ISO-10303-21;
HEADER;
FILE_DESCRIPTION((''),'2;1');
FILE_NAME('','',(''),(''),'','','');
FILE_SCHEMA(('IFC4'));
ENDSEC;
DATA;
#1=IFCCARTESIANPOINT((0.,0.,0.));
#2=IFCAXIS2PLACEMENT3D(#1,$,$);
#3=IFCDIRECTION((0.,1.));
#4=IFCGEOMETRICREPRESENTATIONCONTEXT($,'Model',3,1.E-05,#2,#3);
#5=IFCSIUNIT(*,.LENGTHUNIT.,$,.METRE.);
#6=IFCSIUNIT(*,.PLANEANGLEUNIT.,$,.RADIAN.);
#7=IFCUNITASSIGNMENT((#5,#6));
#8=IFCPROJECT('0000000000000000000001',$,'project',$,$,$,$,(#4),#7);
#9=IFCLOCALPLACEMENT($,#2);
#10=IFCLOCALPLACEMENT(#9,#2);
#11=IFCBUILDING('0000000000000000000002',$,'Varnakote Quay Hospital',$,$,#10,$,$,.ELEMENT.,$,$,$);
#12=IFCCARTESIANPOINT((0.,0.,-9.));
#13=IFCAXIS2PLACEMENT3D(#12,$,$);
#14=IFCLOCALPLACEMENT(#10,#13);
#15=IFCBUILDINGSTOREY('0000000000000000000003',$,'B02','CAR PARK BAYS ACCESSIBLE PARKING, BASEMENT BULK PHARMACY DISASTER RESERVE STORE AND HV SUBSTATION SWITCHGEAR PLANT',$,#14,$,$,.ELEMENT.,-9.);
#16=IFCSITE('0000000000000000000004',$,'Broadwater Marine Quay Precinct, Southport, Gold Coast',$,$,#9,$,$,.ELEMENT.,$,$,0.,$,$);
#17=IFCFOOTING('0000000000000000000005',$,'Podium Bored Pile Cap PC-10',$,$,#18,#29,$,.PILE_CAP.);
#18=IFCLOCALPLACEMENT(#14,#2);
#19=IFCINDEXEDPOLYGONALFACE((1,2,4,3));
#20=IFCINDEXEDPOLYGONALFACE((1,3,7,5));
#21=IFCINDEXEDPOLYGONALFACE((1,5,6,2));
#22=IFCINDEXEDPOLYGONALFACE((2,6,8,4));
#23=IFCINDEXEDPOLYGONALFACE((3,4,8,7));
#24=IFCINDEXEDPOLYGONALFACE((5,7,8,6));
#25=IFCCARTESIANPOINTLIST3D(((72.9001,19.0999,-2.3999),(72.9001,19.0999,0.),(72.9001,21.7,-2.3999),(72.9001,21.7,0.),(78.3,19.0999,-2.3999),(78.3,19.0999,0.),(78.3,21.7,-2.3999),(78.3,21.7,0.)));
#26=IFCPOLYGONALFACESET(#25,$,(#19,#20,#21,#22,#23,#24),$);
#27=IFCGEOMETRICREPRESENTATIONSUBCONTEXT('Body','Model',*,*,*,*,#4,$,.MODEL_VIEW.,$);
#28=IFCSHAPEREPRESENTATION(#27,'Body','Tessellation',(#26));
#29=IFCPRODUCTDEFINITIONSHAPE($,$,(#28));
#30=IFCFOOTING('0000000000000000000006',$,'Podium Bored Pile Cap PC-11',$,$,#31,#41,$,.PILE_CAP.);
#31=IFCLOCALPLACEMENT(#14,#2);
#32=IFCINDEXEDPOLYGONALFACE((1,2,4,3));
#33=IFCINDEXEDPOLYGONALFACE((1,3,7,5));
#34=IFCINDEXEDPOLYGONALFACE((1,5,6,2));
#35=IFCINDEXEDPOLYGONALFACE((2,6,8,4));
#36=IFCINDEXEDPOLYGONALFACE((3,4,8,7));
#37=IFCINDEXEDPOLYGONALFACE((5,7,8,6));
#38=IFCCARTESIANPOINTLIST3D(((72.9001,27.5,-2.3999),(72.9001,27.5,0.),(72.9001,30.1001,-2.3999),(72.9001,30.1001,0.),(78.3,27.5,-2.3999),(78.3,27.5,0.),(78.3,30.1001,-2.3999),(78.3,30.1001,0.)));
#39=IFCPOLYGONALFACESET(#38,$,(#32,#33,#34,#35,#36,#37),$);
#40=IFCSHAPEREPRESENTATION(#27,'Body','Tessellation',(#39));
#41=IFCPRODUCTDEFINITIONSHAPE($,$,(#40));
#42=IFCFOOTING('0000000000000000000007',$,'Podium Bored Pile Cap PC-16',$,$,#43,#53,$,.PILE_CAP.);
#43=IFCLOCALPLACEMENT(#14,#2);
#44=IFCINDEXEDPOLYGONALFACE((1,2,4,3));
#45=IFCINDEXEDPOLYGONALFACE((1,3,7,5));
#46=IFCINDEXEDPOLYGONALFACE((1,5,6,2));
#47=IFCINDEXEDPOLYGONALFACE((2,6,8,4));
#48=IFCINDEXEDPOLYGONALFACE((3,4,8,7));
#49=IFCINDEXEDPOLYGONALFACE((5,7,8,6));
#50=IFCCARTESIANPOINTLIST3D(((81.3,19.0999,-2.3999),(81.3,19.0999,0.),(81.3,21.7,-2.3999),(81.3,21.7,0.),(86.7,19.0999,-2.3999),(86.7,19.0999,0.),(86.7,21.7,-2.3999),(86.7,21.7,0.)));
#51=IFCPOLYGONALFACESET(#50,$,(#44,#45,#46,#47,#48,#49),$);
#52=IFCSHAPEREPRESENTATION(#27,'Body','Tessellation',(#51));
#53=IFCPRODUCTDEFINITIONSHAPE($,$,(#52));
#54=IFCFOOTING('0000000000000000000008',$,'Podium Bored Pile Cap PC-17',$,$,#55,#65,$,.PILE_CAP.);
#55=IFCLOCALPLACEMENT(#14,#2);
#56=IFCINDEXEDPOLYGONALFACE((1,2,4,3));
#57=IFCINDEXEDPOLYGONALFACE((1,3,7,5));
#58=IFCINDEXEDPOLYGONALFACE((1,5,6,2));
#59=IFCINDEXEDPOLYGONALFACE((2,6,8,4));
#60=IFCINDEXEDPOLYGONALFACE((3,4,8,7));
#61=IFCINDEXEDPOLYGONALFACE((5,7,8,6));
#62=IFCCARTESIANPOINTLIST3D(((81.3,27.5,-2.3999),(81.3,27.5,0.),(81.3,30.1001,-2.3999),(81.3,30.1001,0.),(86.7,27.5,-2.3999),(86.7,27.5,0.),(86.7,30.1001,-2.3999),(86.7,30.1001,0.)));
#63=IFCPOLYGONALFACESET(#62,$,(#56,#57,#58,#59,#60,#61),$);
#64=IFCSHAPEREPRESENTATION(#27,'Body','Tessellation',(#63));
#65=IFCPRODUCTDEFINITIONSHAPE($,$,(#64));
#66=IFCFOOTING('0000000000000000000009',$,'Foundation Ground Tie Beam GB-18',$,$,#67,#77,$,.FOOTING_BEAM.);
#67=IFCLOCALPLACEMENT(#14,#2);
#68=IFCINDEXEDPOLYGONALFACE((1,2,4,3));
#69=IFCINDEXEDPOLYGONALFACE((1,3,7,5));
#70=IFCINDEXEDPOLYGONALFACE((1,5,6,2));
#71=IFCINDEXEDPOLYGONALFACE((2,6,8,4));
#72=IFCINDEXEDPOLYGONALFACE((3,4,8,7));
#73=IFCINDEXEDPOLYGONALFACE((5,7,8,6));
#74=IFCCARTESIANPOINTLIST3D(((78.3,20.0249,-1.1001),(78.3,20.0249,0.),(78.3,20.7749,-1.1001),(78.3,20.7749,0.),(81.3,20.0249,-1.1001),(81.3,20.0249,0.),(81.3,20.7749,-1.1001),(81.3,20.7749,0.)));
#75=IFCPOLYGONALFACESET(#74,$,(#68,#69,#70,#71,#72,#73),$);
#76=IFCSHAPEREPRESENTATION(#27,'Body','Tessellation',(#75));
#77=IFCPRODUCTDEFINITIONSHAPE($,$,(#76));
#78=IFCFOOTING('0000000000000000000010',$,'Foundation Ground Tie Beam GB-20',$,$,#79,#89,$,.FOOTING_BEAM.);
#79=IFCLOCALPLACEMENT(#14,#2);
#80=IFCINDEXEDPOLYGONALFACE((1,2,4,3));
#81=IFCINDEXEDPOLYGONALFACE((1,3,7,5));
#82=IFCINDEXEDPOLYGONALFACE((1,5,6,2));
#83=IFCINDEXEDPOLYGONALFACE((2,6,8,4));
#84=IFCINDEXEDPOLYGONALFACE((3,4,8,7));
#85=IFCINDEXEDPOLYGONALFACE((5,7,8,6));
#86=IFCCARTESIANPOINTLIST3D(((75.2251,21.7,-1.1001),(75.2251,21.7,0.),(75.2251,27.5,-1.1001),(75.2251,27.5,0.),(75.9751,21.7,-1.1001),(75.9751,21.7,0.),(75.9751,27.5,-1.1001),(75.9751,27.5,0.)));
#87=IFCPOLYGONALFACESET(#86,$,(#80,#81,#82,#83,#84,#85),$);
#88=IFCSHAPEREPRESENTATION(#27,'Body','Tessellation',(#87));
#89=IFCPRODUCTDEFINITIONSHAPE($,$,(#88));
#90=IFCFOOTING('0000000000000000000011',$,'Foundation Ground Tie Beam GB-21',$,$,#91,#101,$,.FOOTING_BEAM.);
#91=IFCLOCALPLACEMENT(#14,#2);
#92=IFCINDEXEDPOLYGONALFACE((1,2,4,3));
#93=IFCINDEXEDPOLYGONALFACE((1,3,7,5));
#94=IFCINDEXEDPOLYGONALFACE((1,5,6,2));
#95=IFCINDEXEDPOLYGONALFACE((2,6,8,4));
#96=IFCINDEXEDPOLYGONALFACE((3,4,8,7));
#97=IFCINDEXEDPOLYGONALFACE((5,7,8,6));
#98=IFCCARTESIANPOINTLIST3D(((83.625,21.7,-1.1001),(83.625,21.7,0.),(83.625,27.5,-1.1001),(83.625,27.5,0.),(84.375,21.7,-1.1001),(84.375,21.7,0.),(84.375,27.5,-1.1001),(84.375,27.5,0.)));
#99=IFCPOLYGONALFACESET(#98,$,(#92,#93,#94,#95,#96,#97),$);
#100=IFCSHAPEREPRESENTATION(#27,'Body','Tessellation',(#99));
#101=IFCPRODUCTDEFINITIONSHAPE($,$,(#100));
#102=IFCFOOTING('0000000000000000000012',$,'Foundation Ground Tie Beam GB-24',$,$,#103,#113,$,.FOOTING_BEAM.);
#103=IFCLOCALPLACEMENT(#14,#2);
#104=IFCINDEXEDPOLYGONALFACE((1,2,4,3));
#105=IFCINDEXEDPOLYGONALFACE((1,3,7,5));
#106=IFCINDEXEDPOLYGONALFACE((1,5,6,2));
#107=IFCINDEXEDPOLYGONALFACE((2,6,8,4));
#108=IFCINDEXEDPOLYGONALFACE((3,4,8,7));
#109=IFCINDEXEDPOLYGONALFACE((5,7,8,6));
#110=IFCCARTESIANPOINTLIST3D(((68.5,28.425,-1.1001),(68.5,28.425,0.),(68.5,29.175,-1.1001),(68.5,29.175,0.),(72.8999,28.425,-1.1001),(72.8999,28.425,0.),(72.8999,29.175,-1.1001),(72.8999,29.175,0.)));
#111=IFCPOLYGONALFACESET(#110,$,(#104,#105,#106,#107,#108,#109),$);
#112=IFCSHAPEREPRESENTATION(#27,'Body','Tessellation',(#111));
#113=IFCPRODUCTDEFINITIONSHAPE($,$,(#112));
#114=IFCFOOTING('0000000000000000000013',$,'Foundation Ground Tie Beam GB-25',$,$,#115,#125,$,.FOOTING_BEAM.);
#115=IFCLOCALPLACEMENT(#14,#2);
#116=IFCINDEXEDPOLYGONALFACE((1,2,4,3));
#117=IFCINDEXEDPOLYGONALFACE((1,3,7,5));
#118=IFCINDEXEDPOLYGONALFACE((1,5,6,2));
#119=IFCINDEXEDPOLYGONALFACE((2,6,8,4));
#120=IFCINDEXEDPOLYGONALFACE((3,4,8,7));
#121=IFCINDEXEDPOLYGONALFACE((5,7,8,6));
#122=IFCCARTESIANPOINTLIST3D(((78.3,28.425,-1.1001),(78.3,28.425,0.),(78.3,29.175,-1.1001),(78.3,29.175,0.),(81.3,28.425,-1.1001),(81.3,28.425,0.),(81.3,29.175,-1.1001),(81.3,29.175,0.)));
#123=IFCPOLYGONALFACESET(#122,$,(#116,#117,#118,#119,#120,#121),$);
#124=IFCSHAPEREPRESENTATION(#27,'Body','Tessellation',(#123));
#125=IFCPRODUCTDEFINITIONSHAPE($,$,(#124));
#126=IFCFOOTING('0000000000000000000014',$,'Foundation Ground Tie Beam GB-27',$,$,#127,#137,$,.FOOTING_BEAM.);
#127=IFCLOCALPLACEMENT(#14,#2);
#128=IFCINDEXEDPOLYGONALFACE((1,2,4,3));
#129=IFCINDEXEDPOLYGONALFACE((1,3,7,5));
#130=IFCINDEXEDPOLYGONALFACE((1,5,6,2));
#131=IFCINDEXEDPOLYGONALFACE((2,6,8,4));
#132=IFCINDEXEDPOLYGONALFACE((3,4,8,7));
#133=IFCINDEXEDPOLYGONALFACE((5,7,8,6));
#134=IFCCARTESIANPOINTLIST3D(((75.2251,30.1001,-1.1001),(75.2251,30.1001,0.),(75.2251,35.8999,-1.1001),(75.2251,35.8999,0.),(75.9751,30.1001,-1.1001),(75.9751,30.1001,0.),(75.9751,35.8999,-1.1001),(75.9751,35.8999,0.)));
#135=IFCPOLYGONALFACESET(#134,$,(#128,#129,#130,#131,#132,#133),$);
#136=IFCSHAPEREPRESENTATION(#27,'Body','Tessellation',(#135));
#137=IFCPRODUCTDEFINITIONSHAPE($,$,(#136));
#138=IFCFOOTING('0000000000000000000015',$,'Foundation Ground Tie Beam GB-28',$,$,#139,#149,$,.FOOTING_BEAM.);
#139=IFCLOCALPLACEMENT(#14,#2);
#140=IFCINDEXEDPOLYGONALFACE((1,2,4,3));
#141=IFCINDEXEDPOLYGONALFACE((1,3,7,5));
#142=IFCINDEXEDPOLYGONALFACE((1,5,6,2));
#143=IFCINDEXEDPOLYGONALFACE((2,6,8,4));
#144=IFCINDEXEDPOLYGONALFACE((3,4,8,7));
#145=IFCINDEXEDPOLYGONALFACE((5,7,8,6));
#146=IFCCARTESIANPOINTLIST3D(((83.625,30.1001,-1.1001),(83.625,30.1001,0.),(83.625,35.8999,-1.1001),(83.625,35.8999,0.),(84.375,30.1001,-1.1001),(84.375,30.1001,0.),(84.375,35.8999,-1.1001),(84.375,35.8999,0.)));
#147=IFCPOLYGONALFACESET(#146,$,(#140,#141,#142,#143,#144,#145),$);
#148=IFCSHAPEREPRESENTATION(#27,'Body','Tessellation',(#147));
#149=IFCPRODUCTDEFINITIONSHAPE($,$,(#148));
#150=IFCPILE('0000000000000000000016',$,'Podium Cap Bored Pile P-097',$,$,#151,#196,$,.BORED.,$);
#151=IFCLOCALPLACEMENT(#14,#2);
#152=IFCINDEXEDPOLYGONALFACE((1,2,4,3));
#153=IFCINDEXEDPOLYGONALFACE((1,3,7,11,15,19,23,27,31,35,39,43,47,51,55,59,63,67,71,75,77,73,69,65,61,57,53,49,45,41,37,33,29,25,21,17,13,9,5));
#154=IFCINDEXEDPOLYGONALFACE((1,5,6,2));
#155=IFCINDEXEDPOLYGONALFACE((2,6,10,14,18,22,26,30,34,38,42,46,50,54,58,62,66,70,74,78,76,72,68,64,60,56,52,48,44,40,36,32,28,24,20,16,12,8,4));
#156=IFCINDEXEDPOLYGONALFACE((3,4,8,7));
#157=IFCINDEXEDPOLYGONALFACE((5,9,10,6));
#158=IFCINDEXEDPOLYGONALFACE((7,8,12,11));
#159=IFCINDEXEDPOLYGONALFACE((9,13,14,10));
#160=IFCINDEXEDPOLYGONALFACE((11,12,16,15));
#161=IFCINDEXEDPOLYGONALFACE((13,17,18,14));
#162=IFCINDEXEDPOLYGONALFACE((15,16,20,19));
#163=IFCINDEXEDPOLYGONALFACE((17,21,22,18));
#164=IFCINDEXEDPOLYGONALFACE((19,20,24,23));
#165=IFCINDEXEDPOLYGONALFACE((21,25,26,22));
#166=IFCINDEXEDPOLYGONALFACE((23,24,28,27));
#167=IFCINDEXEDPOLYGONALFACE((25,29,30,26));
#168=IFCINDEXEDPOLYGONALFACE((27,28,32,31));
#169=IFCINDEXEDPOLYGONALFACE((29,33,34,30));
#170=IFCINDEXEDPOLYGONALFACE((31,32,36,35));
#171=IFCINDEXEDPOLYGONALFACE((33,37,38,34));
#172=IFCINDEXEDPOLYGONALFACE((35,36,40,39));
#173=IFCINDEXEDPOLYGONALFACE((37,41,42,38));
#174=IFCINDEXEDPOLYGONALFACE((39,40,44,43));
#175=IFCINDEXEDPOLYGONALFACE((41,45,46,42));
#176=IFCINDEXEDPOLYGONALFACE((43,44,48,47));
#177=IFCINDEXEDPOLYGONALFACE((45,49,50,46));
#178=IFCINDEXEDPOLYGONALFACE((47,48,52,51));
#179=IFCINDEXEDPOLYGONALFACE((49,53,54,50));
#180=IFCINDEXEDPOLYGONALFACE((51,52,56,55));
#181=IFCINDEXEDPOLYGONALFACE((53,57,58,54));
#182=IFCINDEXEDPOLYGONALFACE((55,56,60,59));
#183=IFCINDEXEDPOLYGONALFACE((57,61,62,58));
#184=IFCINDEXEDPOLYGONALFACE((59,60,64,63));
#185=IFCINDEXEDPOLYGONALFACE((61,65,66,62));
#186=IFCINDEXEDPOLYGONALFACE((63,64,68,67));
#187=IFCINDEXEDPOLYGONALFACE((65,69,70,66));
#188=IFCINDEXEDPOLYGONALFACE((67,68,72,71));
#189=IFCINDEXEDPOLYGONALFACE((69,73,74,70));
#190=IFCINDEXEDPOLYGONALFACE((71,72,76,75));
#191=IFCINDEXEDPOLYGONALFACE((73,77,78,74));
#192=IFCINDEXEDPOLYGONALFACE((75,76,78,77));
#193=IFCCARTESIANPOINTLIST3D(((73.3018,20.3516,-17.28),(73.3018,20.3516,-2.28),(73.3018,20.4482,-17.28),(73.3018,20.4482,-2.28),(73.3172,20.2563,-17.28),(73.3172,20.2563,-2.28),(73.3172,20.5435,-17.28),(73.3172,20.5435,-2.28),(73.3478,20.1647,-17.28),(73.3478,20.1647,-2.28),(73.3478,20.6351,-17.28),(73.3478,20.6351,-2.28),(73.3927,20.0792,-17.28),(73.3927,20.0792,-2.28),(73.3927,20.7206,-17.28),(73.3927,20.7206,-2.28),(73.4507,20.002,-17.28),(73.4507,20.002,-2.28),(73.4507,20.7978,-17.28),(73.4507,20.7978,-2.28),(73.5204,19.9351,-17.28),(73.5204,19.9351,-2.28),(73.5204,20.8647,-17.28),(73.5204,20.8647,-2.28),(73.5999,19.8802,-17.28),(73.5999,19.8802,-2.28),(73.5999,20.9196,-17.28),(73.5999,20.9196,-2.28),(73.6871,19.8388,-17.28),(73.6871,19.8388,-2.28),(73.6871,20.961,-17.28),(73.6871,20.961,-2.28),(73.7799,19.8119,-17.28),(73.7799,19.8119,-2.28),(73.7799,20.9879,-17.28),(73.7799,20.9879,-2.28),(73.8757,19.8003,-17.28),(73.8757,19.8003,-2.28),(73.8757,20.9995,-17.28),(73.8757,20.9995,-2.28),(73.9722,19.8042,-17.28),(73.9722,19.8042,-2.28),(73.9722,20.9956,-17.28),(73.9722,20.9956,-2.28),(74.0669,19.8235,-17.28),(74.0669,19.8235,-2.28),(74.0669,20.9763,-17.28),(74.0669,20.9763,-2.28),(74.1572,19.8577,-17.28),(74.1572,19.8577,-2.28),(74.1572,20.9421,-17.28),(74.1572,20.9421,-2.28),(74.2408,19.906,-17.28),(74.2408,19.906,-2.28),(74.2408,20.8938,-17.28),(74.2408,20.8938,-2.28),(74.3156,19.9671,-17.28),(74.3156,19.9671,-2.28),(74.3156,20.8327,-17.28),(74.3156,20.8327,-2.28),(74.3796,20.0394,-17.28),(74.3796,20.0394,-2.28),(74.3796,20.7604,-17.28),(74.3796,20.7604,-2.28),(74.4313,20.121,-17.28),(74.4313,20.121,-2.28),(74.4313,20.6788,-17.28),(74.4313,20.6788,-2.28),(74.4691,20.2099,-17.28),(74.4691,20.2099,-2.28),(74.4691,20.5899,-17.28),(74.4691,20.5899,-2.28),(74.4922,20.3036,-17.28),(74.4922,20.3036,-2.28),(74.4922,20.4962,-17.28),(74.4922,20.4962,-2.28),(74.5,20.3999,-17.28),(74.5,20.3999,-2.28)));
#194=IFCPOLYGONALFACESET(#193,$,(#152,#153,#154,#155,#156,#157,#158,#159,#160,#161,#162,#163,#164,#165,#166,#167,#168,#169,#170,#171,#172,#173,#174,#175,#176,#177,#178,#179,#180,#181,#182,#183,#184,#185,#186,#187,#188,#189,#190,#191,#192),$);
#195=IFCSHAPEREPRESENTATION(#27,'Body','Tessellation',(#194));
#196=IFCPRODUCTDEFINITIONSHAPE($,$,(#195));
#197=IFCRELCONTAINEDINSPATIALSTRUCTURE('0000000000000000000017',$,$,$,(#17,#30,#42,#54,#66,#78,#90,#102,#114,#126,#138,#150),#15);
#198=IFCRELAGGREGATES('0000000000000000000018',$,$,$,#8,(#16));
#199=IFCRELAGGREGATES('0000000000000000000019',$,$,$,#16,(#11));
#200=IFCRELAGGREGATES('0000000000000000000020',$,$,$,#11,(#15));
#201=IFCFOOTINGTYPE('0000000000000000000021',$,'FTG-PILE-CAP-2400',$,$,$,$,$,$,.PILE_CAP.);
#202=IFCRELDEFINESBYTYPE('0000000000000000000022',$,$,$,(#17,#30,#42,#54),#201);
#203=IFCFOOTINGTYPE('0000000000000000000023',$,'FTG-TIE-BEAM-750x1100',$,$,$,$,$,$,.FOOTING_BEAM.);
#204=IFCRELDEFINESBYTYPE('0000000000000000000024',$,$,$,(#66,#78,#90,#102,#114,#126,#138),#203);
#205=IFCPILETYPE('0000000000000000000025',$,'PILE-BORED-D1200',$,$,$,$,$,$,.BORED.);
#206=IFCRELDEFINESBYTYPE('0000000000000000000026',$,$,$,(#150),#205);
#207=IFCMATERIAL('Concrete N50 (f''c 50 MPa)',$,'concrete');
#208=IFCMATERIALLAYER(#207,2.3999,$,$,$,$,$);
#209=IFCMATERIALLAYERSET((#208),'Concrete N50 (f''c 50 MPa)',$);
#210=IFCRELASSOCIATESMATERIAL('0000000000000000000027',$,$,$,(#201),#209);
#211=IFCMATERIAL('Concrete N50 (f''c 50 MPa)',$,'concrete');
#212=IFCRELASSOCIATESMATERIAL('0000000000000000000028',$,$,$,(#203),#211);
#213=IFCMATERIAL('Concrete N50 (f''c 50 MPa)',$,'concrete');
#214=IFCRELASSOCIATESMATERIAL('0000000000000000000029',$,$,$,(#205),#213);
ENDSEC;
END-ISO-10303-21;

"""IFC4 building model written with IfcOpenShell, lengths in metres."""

from ifc_helpers import new_model, si_unit, direction, frame, origin, origin_2d, place, context, subcontext, project, spatial, rectangle, circle, extrude, material, layer, layer_set, material_profile, profile_set, type_object, element, save


model = new_model("IFC4")

# Units and contexts
model_context = context("Model", 3, precision=1e-05, world=origin(), true_north=direction((0.0, 1.0)))
body_context = subcontext(model_context, "Body", "Model", "MODEL_VIEW")
ifc_project = project(units=[si_unit("LENGTHUNIT", "METRE"), si_unit("PLANEANGLEUNIT", "RADIAN")], contexts=[model_context])

# Site, building, storey
site_placement = place(None, origin())
site = spatial("IfcSite", under=ifc_project, at=site_placement, Name="Broadwater Marine Quay Precinct, Southport, Gold Coast", CompositionType="ELEMENT", RefElevation=0.0)
building_placement = place(site_placement, origin())
building = spatial("IfcBuilding", under=site, at=building_placement, Name="Varnakote Quay Hospital", CompositionType="ELEMENT")
storey_placement = place(building_placement, frame((0.0, 0.0, -9.0)))
storey = spatial("IfcBuildingStorey", under=building, at=storey_placement, Name="B02", Description="CAR PARK BAYS ACCESSIBLE PARKING, BASEMENT BULK PHARMACY DISASTER RESERVE STORE AND HV SUBSTATION SWITCHGEAR PLANT", CompositionType="ELEMENT", Elevation=-9.0)

# Footings
ifc_material_1 = material(Name="Concrete N50 (f'c 50 MPa)", Category="concrete")
ifc_layer = layer(ifc_material_1, 2.3999)
ifc_layer_set = layer_set([ifc_layer], Name="Concrete N50 (f'c 50 MPa)")
footing_type_1 = type_object("IfcFootingType", Name="FTG-PILE-CAP-2400", PredefinedType="PILE_CAP", material=ifc_layer_set)
for number, where, z_axis, x_axis, name in (
    (1, (75.6001, 20.3999, -2.3999), (0.0, 0.0, 1.0), (1.0, 0.0, 0.0), "Podium Bored Pile Cap PC-10"),
    (2, (75.6001, 28.8, -2.3999), (0.0, 0.0, 1.0), (1.0, 0.0, 0.0), "Podium Bored Pile Cap PC-11"),
    (3, (84.0, 20.3999, -2.3999), (0.0, 0.0, 1.0), (1.0, 0.0, 0.0), "Podium Bored Pile Cap PC-16"),
    (4, (84.0, 28.8, -2.3999), (0.0, 0.0, 1.0), (1.0, 0.0, 0.0), "Podium Bored Pile Cap PC-17"),
):
    element("IfcFooting", number, at=place(storey_placement, frame(where, z_axis=z_axis, x_axis=x_axis)), inside=storey, type_object=footing_type_1, Name=name, PredefinedType="PILE_CAP", context=body_context, shape_type="SweptSolid", body=[
        extrude(rectangle(XDim=5.3999, YDim=2.6001, at=origin_2d()), origin(), (0.0, 0.0, 1.0), 2.3999),
    ])
ifc_material_2 = material(Name="Concrete N50 (f'c 50 MPa)", Category="concrete")
ifc_material_profile_1 = material_profile(ifc_material_2, rectangle(XDim=0.75, YDim=1.1001, at=origin_2d()), Name="RC-GB-750x1100")
ifc_profile_set_1 = profile_set([ifc_material_profile_1], Name="Concrete N50 (f'c 50 MPa)")
footing_type_2 = type_object("IfcFootingType", Name="FTG-TIE-BEAM-750x1100", PredefinedType="FOOTING_BEAM", material=ifc_profile_set_1)
footing_1_placement = place(storey_placement, frame((78.3, 20.3999, -0.55), z_axis=(1.0, 0.0, 0.0), x_axis=(0.0, 1.0, 0.0)))
element("IfcFooting", 5, at=footing_1_placement, inside=storey, type_object=footing_type_2, Name="Foundation Ground Tie Beam GB-18", PredefinedType="FOOTING_BEAM", context=body_context, shape_type="SweptSolid", body=[
    extrude(rectangle(XDim=0.75, YDim=1.1001, at=origin_2d()), origin(), (0.0, 0.0, 1.0), 3.0),
])
for number, where, z_axis, x_axis, name in (
    (6, (75.6001, 21.7, -0.55), (0.0, 1.0, 0.0), (-1.0, 0.0, 0.0), "Foundation Ground Tie Beam GB-20"),
    (7, (84.0, 21.7, -0.55), (0.0, 1.0, 0.0), (-1.0, 0.0, 0.0), "Foundation Ground Tie Beam GB-21"),
):
    element("IfcFooting", number, at=place(storey_placement, frame(where, z_axis=z_axis, x_axis=x_axis)), inside=storey, type_object=footing_type_2, Name=name, PredefinedType="FOOTING_BEAM", context=body_context, shape_type="SweptSolid", body=[
        extrude(rectangle(XDim=0.75, YDim=1.1001, at=origin_2d()), origin(), (0.0, 0.0, 1.0), 5.8),
    ])
footing_2_placement = place(storey_placement, frame((68.5, 28.8, -0.55), z_axis=(1.0, 0.0, 0.0), x_axis=(0.0, 1.0, 0.0)))
element("IfcFooting", 8, at=footing_2_placement, inside=storey, type_object=footing_type_2, Name="Foundation Ground Tie Beam GB-24", PredefinedType="FOOTING_BEAM", context=body_context, shape_type="SweptSolid", body=[
    extrude(rectangle(XDim=0.75, YDim=1.1001, at=origin_2d()), origin(), (0.0, 0.0, 1.0), 4.3999),
])
footing_3_placement = place(storey_placement, frame((78.3, 28.8, -0.55), z_axis=(1.0, 0.0, 0.0), x_axis=(0.0, 1.0, 0.0)))
element("IfcFooting", 9, at=footing_3_placement, inside=storey, type_object=footing_type_2, Name="Foundation Ground Tie Beam GB-25", PredefinedType="FOOTING_BEAM", context=body_context, shape_type="SweptSolid", body=[
    extrude(rectangle(XDim=0.75, YDim=1.1001, at=origin_2d()), origin(), (0.0, 0.0, 1.0), 3.0),
])
for number, where, z_axis, x_axis, name in (
    (10, (75.6001, 30.1001, -0.55), (0.0, 1.0, 0.0), (-1.0, 0.0, 0.0), "Foundation Ground Tie Beam GB-27"),
    (11, (84.0, 30.1001, -0.55), (0.0, 1.0, 0.0), (-1.0, 0.0, 0.0), "Foundation Ground Tie Beam GB-28"),
):
    element("IfcFooting", number, at=place(storey_placement, frame(where, z_axis=z_axis, x_axis=x_axis)), inside=storey, type_object=footing_type_2, Name=name, PredefinedType="FOOTING_BEAM", context=body_context, shape_type="SweptSolid", body=[
        extrude(rectangle(XDim=0.75, YDim=1.1001, at=origin_2d()), origin(), (0.0, 0.0, 1.0), 5.7998),
    ])

# Pile
ifc_material_3 = material(Name="Concrete N50 (f'c 50 MPa)", Category="concrete")
ifc_material_profile_2 = material_profile(ifc_material_3, circle(Radius=0.6001, at=origin_2d()), Name="PILE-D1200")
ifc_profile_set_2 = profile_set([ifc_material_profile_2], Name="Concrete N50 (f'c 50 MPa)")
pile_type = type_object("IfcPileType", Name="PILE-BORED-D1200", PredefinedType="BORED", material=ifc_profile_set_2)
for number, where, z_axis, x_axis, name in (
    (12, (73.8999, 20.3999, -2.28), (0.0, 0.0, -1.0), (1.0, 0.0, 0.0), "Podium Cap Bored Pile P-097"),
):
    element("IfcPile", number, at=place(storey_placement, frame(where, z_axis=z_axis, x_axis=x_axis)), inside=storey, type_object=pile_type, Name=name, PredefinedType="BORED", context=body_context, shape_type="SweptSolid", body=[
        extrude(circle(Radius=0.6001, at=origin_2d()), origin(), (0.0, 0.0, 1.0), 15.0),
    ])

save(model, "model.ifc")
